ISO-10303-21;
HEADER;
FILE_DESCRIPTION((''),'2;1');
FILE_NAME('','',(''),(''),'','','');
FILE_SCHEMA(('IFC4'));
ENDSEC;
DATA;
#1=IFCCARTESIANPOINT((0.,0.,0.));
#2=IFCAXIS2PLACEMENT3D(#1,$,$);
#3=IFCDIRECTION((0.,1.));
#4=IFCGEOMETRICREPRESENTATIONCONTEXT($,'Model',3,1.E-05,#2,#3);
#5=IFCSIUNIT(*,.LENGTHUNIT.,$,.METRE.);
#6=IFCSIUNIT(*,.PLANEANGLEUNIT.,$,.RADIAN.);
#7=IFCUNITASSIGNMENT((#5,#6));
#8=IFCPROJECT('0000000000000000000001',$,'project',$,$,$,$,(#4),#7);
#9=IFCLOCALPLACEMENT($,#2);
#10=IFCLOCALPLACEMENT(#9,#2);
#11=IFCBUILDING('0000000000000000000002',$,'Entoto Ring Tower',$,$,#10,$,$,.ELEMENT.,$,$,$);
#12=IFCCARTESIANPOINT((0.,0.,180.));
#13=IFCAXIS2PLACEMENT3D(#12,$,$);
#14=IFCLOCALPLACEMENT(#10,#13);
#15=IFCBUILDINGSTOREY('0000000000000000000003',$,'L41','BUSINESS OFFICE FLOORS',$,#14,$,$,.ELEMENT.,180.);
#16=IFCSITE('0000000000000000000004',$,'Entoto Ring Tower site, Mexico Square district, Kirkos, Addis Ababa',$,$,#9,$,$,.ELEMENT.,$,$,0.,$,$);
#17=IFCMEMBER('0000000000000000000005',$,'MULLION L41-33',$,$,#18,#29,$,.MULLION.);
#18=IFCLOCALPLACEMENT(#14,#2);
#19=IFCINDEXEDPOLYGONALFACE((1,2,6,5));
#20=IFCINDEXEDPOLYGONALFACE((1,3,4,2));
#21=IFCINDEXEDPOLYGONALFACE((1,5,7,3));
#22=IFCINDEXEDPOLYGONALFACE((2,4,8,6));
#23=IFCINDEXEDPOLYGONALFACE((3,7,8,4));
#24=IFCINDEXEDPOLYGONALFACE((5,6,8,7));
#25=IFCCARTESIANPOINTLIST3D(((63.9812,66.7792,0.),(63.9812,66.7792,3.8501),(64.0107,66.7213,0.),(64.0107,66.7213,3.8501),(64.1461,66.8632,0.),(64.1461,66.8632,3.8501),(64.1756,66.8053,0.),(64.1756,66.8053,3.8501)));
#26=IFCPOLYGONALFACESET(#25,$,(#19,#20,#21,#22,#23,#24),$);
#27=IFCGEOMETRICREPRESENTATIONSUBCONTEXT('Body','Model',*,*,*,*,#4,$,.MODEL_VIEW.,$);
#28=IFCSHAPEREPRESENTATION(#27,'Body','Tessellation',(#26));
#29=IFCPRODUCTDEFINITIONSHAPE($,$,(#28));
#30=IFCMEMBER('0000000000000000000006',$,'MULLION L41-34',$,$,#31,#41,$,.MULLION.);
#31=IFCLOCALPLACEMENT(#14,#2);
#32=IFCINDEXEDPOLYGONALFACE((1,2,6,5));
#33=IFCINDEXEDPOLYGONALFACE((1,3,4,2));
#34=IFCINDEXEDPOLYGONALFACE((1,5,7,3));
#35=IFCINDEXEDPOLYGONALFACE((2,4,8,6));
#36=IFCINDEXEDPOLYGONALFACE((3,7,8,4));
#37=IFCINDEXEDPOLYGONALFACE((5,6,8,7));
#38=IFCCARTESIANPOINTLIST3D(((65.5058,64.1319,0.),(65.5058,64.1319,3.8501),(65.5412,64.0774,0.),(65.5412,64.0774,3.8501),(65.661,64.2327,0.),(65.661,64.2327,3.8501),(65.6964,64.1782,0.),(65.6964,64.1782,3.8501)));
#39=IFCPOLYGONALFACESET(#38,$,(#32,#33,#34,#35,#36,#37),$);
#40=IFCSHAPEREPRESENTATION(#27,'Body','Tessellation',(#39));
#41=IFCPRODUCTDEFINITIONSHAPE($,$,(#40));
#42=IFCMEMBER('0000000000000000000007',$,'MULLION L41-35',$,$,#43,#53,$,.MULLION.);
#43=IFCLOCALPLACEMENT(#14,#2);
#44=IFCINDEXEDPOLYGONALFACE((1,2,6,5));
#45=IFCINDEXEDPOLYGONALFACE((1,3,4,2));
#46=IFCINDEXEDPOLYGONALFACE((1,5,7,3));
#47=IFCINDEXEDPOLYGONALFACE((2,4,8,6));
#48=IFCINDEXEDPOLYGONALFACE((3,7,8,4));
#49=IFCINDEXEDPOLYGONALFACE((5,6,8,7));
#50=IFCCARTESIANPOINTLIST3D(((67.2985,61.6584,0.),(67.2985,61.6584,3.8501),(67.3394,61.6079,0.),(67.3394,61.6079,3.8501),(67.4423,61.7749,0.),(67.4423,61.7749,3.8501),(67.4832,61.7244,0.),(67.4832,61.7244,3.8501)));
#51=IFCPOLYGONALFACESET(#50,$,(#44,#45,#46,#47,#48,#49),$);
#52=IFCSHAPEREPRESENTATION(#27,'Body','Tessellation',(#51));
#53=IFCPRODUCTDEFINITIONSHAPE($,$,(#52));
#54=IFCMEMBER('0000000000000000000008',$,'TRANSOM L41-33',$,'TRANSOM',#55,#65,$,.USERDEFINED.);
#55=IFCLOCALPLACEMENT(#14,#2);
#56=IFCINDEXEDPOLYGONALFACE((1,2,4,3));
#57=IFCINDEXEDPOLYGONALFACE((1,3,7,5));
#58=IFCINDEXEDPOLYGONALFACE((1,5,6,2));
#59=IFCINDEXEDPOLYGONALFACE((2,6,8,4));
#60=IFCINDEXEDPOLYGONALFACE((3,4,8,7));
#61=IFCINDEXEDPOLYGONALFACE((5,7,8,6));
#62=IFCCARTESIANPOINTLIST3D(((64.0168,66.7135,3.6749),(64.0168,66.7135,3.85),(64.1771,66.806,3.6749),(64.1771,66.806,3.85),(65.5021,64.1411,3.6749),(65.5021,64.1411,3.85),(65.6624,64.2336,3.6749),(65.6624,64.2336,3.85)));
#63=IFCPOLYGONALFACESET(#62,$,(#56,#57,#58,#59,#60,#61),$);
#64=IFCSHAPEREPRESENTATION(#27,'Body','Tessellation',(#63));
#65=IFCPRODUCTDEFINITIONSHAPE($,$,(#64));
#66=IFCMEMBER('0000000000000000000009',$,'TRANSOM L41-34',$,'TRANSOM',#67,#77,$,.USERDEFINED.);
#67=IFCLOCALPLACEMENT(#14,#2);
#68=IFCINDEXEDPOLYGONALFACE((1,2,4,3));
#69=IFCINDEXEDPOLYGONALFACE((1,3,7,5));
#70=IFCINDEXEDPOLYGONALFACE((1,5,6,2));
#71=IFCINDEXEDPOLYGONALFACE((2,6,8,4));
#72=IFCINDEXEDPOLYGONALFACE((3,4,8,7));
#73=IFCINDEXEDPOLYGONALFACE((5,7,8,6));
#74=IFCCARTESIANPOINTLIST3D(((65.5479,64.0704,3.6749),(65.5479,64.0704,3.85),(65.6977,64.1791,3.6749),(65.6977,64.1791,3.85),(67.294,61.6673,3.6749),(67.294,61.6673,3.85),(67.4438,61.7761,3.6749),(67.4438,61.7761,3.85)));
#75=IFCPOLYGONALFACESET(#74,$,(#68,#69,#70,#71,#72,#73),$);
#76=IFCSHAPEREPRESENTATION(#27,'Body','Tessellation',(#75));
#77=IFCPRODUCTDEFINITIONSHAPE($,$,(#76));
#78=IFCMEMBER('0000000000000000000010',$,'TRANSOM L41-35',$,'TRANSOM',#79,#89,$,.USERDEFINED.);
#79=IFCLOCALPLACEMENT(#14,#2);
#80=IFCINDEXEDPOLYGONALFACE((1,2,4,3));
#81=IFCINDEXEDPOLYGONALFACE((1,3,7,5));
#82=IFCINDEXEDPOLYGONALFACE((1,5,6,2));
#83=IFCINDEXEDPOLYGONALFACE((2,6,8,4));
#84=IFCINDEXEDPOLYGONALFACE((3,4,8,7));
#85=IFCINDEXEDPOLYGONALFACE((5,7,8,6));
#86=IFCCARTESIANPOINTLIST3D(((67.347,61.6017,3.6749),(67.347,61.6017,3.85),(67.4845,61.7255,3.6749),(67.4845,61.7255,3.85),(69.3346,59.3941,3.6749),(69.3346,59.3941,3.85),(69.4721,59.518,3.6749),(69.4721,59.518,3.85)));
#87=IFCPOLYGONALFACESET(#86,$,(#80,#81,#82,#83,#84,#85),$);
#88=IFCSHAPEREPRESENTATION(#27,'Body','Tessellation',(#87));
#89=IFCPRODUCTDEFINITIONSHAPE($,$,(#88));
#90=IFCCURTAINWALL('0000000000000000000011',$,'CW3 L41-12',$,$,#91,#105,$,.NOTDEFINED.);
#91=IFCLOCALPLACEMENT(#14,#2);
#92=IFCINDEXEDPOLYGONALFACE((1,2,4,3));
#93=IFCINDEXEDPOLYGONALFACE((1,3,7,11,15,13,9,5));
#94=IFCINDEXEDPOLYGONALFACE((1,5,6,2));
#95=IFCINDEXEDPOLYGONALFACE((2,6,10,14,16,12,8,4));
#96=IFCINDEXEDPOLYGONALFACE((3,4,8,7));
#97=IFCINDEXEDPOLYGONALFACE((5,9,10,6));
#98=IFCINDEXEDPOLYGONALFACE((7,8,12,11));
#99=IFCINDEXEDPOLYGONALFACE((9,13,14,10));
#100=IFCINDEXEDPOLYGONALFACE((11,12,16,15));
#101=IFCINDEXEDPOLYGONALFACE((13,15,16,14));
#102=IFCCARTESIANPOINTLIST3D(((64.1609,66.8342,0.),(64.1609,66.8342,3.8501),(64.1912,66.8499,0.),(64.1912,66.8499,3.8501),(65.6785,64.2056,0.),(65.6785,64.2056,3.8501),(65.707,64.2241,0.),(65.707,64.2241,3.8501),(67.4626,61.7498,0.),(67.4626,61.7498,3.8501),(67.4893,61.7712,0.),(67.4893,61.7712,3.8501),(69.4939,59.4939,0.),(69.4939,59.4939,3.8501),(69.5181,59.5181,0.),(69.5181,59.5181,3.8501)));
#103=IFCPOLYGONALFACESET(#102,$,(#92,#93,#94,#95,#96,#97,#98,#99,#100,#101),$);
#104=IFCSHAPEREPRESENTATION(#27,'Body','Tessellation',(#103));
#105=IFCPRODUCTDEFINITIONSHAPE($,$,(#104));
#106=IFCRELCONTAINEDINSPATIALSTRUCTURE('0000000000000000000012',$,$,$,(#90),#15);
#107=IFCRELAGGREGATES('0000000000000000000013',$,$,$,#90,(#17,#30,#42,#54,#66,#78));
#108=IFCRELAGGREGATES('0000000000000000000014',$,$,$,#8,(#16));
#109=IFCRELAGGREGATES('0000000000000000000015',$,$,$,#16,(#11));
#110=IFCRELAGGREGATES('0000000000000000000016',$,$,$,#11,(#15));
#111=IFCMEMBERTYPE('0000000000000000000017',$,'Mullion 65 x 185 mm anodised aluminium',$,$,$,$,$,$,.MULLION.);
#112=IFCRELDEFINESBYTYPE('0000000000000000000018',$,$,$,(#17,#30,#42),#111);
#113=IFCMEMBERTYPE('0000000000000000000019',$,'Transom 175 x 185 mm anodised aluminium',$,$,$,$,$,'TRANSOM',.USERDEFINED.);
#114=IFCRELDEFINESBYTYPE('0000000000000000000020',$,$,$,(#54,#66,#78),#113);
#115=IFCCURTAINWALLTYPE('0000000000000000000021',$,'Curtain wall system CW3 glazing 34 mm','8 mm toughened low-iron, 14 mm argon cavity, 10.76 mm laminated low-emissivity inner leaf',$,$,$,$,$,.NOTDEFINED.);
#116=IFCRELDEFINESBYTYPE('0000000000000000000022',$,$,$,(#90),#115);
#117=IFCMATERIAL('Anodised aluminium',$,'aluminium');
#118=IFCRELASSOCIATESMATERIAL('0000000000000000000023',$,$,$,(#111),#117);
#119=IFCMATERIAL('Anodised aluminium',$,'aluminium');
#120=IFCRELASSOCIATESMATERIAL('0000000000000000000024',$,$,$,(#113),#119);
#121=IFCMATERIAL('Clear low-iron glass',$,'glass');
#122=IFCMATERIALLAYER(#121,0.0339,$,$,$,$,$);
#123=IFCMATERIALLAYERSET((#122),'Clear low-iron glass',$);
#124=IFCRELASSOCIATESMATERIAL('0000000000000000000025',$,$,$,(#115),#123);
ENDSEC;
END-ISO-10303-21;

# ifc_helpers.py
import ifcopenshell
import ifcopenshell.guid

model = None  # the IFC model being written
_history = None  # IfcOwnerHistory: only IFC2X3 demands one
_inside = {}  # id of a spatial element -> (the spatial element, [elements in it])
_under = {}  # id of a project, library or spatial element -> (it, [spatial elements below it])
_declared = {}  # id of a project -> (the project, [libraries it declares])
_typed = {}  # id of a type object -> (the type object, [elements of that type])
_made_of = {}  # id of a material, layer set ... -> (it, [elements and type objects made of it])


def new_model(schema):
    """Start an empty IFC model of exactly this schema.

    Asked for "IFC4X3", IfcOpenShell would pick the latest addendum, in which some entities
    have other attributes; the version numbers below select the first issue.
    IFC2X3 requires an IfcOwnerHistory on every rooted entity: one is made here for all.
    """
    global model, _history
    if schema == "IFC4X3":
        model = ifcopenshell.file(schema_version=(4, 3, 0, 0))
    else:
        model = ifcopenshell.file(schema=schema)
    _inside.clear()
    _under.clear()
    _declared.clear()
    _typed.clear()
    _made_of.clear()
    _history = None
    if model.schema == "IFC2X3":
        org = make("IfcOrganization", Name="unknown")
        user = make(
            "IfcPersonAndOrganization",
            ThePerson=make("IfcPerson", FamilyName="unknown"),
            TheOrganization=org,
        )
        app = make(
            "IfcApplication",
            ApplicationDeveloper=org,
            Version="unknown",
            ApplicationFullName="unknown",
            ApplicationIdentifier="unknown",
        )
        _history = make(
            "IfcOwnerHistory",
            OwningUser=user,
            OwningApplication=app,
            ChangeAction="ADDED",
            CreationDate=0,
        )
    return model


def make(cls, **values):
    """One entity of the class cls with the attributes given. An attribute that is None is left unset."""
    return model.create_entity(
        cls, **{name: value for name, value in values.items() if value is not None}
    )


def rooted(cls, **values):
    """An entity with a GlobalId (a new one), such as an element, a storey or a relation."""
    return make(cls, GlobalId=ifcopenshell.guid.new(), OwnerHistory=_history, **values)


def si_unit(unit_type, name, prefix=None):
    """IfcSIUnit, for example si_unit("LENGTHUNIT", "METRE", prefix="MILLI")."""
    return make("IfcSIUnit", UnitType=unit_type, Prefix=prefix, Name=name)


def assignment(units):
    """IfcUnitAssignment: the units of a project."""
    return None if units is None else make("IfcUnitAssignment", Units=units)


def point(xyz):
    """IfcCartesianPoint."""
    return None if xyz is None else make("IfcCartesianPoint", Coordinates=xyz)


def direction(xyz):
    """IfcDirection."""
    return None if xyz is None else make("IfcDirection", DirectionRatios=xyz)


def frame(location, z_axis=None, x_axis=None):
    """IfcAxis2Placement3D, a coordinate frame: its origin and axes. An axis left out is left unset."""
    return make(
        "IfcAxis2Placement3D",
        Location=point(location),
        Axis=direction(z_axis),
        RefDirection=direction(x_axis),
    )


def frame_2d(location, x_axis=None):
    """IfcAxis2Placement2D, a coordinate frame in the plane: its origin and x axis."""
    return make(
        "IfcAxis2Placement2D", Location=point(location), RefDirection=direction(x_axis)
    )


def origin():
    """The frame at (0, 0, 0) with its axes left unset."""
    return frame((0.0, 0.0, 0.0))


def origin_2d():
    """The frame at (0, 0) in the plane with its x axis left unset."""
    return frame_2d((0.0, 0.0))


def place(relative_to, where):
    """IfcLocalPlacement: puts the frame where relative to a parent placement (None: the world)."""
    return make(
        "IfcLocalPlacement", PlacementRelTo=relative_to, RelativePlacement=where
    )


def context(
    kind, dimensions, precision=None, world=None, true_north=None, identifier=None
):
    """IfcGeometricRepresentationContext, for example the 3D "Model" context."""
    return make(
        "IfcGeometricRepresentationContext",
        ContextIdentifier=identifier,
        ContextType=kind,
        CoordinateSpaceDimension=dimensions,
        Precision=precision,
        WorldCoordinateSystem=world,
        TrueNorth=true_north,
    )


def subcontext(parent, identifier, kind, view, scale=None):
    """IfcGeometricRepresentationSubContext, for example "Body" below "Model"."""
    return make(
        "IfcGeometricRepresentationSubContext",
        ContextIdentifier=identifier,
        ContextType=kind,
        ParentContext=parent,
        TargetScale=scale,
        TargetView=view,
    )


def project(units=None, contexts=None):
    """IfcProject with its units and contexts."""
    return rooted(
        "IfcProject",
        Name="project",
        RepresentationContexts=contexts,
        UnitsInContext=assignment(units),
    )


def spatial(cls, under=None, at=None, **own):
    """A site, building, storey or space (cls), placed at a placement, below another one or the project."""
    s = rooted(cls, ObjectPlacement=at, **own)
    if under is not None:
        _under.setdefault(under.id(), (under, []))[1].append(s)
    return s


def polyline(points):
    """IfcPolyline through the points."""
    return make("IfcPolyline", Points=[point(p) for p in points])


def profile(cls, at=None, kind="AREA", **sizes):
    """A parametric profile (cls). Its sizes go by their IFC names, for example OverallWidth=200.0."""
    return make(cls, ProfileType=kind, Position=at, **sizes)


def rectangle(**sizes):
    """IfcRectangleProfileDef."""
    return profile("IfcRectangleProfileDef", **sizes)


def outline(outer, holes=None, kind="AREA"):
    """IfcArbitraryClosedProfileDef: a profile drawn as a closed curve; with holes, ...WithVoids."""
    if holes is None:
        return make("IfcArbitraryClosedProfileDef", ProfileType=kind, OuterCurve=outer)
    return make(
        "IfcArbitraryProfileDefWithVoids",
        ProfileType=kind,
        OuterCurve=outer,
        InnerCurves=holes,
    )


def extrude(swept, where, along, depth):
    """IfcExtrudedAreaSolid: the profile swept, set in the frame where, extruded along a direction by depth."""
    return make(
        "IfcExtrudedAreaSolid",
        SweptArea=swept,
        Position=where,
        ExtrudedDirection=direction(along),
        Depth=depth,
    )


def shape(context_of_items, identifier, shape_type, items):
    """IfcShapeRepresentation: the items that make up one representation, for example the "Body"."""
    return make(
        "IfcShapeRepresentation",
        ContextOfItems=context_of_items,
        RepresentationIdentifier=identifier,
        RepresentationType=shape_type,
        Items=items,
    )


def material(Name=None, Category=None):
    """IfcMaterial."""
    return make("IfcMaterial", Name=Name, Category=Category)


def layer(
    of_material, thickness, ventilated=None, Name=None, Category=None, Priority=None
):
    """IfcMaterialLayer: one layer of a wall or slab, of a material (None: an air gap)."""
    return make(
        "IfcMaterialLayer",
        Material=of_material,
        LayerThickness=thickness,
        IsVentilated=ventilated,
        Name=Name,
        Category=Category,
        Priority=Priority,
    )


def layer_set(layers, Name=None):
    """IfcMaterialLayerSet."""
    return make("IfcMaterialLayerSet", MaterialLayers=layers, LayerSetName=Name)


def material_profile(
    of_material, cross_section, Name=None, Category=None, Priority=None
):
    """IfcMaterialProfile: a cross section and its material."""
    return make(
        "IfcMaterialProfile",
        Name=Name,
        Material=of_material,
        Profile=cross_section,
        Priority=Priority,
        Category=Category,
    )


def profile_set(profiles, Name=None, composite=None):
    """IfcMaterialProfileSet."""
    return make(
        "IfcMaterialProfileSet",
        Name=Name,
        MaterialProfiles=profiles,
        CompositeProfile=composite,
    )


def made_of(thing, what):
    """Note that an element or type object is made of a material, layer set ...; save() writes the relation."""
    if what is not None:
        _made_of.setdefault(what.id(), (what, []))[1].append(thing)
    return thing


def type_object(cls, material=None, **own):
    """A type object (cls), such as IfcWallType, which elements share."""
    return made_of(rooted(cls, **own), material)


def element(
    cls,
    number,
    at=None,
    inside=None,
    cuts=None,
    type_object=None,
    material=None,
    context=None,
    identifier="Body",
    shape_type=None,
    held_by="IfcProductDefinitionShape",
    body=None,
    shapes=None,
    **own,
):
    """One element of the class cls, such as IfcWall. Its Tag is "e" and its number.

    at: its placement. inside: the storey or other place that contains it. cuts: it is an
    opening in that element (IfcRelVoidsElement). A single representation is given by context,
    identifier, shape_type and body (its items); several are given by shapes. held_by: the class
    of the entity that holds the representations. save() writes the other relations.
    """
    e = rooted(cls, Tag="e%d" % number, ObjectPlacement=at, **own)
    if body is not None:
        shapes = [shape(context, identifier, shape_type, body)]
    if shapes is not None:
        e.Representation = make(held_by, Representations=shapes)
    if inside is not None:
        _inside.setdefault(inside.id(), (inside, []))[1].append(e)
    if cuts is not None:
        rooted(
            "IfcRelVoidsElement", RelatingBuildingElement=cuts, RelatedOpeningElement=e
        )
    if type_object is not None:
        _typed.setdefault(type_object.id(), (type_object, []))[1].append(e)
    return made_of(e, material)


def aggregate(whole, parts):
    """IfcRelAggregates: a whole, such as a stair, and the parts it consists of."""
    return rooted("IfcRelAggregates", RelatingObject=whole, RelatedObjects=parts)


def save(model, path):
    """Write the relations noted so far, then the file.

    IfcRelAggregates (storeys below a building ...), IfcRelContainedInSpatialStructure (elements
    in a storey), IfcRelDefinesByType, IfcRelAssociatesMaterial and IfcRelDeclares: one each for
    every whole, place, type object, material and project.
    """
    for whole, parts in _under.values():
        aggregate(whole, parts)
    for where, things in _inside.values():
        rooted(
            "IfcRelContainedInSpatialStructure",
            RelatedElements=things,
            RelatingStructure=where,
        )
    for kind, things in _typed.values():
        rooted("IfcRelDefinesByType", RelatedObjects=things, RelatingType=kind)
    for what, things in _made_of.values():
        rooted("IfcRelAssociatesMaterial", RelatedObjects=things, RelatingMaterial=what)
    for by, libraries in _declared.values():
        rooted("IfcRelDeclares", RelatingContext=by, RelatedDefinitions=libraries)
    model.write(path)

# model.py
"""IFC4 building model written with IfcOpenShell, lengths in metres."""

from ifc_helpers import new_model, si_unit, direction, frame, origin, origin_2d, place, context, subcontext, project, spatial, polyline, rectangle, outline, extrude, material, layer, layer_set, material_profile, profile_set, type_object, element, aggregate, save


model = new_model("IFC4")

# Units and contexts
model_context = context("Model", 3, precision=1e-05, world=origin(), true_north=direction((0.0, 1.0)))
body_context = subcontext(model_context, "Body", "Model", "MODEL_VIEW")
ifc_project = project(units=[si_unit("LENGTHUNIT", "METRE"), si_unit("PLANEANGLEUNIT", "RADIAN")], contexts=[model_context])

# Members
ifc_material_1 = material(Name="Anodised aluminium", Category="aluminium")
ifc_material_profile_1 = material_profile(ifc_material_1, rectangle(XDim=0.0649, YDim=0.1851, at=origin_2d()), Name="Mullion 65 x 185 mm anodised aluminium")
ifc_profile_set_1 = profile_set([ifc_material_profile_1], Name="Anodised aluminium")
member_type_1 = type_object("IfcMemberType", Name="Mullion 65 x 185 mm anodised aluminium", PredefinedType="MULLION", material=ifc_profile_set_1)
site_placement = place(None, origin())
building_placement = place(site_placement, origin())
storey_placement = place(building_placement, frame((0.0, 0.0, 180.0)))
member_1_placement = place(storey_placement, frame((64.0784, 66.7922, 0.0), z_axis=(0.0, 0.0, 1.0), x_axis=(0.45399, -0.891007, 0.0)))
member_1 = element("IfcMember", 1, at=member_1_placement, type_object=member_type_1, Name="MULLION L41-33", PredefinedType="MULLION", context=body_context, shape_type="SweptSolid", body=[
    extrude(rectangle(XDim=0.0649, YDim=0.1851, at=origin_2d()), origin(), (0.0, 0.0, 1.0), 3.8501),
])
member_2_placement = place(storey_placement, frame((65.6011, 64.155, 0.0), z_axis=(0.0, 0.0, 1.0), x_axis=(0.544639, -0.838671, 0.0)))
member_2 = element("IfcMember", 2, at=member_2_placement, type_object=member_type_1, Name="MULLION L41-34", PredefinedType="MULLION", context=body_context, shape_type="SweptSolid", body=[
    extrude(rectangle(XDim=0.0649, YDim=0.1851, at=origin_2d()), origin(), (0.0, 0.0, 1.0), 3.8501),
])
member_3_placement = place(storey_placement, frame((67.3909, 61.6914, 0.0), z_axis=(0.0, 0.0, 1.0), x_axis=(0.62932, -0.777146, 0.0)))
member_3 = element("IfcMember", 3, at=member_3_placement, type_object=member_type_1, Name="MULLION L41-35", PredefinedType="MULLION", context=body_context, shape_type="SweptSolid", body=[
    extrude(rectangle(XDim=0.0649, YDim=0.1851, at=origin_2d()), origin(), (0.0, 0.0, 1.0), 3.8501),
])
ifc_material_2 = material(Name="Anodised aluminium", Category="aluminium")
ifc_material_profile_2 = material_profile(ifc_material_2, rectangle(XDim=0.1851, YDim=0.175, at=origin_2d()), Name="Transom 175 x 185 mm anodised aluminium")
ifc_profile_set_2 = profile_set([ifc_material_profile_2], Name="Anodised aluminium")
member_type_2 = type_object("IfcMemberType", Name="Transom 175 x 185 mm anodised aluminium", ElementType="TRANSOM", PredefinedType="USERDEFINED", material=ifc_profile_set_2)
member_4_placement = place(storey_placement, frame((64.0969, 66.7598, 3.7625), z_axis=(0.500028, -0.866009, 0.0), x_axis=(0.866009, 0.500028, 0.0)))
member_4 = element("IfcMember", 4, at=member_4_placement, type_object=member_type_2, Name="TRANSOM L41-33", ObjectType="TRANSOM", PredefinedType="USERDEFINED", context=body_context, shape_type="SweptSolid", body=[
    extrude(rectangle(XDim=0.1851, YDim=0.175, at=origin_2d()), origin(), (0.0, 0.0, 1.0), 2.9705),
])
member_5_placement = place(storey_placement, frame((65.6228, 64.1248, 3.7625), z_axis=(0.58782, -0.808992, 0.0), x_axis=(0.808992, 0.58782, 0.0)))
member_5 = element("IfcMember", 5, at=member_5_placement, type_object=member_type_2, Name="TRANSOM L41-34", ObjectType="TRANSOM", PredefinedType="USERDEFINED", context=body_context, shape_type="SweptSolid", body=[
    extrude(rectangle(XDim=0.1851, YDim=0.175, at=origin_2d()), origin(), (0.0, 0.0, 1.0), 2.9705),
])
member_6_placement = place(storey_placement, frame((67.4158, 61.6636, 3.7625), z_axis=(0.66911, -0.743163, 0.0), x_axis=(0.743163, 0.66911, 0.0)))
member_6 = element("IfcMember", 6, at=member_6_placement, type_object=member_type_2, Name="TRANSOM L41-35", ObjectType="TRANSOM", PredefinedType="USERDEFINED", context=body_context, shape_type="SweptSolid", body=[
    extrude(rectangle(XDim=0.1851, YDim=0.175, at=origin_2d()), origin(), (0.0, 0.0, 1.0), 2.9705),
])

# Site, building, storey
site = spatial("IfcSite", under=ifc_project, at=site_placement, Name="Entoto Ring Tower site, Mexico Square district, Kirkos, Addis Ababa", CompositionType="ELEMENT", RefElevation=0.0)
building = spatial("IfcBuilding", under=site, at=building_placement, Name="Entoto Ring Tower", CompositionType="ELEMENT")
storey = spatial("IfcBuildingStorey", under=building, at=storey_placement, Name="L41", Description="BUSINESS OFFICE FLOORS", CompositionType="ELEMENT", Elevation=180.0)

# Curtain wall
ifc_material_3 = material(Name="Clear low-iron glass", Category="glass")
ifc_layer = layer(ifc_material_3, 0.0339)
ifc_layer_set = layer_set([ifc_layer], Name="Clear low-iron glass")
curtain_wall_type = type_object("IfcCurtainWallType", Name="Curtain wall system CW3 glazing 34 mm", Description="8 mm toughened low-iron, 14 mm argon cavity, 10.76 mm laminated low-emissivity inner leaf", PredefinedType="NOTDEFINED", material=ifc_layer_set)
curtain_wall_1_placement = place(storey_placement, origin())
curtain_wall_1 = element("IfcCurtainWall", 7, at=curtain_wall_1_placement, inside=storey, type_object=curtain_wall_type, Name="CW3 L41-12", PredefinedType="NOTDEFINED", context=body_context, shape_type="SweptSolid", body=[
    extrude(outline(polyline([(64.1609, 66.8342), (65.6785, 64.2056), (67.4626, 61.7498), (69.4939, 59.4939), (69.5181, 59.5181), (67.4893, 61.7712), (65.707, 64.2241), (64.1912, 66.8499), (64.1609, 66.8342)])), origin(), (0.0, 0.0, 1.0), 3.8501),
])
aggregate(curtain_wall_1, [member_1, member_2, member_3, member_4, member_5, member_6])

save(model, "model.ifc")
